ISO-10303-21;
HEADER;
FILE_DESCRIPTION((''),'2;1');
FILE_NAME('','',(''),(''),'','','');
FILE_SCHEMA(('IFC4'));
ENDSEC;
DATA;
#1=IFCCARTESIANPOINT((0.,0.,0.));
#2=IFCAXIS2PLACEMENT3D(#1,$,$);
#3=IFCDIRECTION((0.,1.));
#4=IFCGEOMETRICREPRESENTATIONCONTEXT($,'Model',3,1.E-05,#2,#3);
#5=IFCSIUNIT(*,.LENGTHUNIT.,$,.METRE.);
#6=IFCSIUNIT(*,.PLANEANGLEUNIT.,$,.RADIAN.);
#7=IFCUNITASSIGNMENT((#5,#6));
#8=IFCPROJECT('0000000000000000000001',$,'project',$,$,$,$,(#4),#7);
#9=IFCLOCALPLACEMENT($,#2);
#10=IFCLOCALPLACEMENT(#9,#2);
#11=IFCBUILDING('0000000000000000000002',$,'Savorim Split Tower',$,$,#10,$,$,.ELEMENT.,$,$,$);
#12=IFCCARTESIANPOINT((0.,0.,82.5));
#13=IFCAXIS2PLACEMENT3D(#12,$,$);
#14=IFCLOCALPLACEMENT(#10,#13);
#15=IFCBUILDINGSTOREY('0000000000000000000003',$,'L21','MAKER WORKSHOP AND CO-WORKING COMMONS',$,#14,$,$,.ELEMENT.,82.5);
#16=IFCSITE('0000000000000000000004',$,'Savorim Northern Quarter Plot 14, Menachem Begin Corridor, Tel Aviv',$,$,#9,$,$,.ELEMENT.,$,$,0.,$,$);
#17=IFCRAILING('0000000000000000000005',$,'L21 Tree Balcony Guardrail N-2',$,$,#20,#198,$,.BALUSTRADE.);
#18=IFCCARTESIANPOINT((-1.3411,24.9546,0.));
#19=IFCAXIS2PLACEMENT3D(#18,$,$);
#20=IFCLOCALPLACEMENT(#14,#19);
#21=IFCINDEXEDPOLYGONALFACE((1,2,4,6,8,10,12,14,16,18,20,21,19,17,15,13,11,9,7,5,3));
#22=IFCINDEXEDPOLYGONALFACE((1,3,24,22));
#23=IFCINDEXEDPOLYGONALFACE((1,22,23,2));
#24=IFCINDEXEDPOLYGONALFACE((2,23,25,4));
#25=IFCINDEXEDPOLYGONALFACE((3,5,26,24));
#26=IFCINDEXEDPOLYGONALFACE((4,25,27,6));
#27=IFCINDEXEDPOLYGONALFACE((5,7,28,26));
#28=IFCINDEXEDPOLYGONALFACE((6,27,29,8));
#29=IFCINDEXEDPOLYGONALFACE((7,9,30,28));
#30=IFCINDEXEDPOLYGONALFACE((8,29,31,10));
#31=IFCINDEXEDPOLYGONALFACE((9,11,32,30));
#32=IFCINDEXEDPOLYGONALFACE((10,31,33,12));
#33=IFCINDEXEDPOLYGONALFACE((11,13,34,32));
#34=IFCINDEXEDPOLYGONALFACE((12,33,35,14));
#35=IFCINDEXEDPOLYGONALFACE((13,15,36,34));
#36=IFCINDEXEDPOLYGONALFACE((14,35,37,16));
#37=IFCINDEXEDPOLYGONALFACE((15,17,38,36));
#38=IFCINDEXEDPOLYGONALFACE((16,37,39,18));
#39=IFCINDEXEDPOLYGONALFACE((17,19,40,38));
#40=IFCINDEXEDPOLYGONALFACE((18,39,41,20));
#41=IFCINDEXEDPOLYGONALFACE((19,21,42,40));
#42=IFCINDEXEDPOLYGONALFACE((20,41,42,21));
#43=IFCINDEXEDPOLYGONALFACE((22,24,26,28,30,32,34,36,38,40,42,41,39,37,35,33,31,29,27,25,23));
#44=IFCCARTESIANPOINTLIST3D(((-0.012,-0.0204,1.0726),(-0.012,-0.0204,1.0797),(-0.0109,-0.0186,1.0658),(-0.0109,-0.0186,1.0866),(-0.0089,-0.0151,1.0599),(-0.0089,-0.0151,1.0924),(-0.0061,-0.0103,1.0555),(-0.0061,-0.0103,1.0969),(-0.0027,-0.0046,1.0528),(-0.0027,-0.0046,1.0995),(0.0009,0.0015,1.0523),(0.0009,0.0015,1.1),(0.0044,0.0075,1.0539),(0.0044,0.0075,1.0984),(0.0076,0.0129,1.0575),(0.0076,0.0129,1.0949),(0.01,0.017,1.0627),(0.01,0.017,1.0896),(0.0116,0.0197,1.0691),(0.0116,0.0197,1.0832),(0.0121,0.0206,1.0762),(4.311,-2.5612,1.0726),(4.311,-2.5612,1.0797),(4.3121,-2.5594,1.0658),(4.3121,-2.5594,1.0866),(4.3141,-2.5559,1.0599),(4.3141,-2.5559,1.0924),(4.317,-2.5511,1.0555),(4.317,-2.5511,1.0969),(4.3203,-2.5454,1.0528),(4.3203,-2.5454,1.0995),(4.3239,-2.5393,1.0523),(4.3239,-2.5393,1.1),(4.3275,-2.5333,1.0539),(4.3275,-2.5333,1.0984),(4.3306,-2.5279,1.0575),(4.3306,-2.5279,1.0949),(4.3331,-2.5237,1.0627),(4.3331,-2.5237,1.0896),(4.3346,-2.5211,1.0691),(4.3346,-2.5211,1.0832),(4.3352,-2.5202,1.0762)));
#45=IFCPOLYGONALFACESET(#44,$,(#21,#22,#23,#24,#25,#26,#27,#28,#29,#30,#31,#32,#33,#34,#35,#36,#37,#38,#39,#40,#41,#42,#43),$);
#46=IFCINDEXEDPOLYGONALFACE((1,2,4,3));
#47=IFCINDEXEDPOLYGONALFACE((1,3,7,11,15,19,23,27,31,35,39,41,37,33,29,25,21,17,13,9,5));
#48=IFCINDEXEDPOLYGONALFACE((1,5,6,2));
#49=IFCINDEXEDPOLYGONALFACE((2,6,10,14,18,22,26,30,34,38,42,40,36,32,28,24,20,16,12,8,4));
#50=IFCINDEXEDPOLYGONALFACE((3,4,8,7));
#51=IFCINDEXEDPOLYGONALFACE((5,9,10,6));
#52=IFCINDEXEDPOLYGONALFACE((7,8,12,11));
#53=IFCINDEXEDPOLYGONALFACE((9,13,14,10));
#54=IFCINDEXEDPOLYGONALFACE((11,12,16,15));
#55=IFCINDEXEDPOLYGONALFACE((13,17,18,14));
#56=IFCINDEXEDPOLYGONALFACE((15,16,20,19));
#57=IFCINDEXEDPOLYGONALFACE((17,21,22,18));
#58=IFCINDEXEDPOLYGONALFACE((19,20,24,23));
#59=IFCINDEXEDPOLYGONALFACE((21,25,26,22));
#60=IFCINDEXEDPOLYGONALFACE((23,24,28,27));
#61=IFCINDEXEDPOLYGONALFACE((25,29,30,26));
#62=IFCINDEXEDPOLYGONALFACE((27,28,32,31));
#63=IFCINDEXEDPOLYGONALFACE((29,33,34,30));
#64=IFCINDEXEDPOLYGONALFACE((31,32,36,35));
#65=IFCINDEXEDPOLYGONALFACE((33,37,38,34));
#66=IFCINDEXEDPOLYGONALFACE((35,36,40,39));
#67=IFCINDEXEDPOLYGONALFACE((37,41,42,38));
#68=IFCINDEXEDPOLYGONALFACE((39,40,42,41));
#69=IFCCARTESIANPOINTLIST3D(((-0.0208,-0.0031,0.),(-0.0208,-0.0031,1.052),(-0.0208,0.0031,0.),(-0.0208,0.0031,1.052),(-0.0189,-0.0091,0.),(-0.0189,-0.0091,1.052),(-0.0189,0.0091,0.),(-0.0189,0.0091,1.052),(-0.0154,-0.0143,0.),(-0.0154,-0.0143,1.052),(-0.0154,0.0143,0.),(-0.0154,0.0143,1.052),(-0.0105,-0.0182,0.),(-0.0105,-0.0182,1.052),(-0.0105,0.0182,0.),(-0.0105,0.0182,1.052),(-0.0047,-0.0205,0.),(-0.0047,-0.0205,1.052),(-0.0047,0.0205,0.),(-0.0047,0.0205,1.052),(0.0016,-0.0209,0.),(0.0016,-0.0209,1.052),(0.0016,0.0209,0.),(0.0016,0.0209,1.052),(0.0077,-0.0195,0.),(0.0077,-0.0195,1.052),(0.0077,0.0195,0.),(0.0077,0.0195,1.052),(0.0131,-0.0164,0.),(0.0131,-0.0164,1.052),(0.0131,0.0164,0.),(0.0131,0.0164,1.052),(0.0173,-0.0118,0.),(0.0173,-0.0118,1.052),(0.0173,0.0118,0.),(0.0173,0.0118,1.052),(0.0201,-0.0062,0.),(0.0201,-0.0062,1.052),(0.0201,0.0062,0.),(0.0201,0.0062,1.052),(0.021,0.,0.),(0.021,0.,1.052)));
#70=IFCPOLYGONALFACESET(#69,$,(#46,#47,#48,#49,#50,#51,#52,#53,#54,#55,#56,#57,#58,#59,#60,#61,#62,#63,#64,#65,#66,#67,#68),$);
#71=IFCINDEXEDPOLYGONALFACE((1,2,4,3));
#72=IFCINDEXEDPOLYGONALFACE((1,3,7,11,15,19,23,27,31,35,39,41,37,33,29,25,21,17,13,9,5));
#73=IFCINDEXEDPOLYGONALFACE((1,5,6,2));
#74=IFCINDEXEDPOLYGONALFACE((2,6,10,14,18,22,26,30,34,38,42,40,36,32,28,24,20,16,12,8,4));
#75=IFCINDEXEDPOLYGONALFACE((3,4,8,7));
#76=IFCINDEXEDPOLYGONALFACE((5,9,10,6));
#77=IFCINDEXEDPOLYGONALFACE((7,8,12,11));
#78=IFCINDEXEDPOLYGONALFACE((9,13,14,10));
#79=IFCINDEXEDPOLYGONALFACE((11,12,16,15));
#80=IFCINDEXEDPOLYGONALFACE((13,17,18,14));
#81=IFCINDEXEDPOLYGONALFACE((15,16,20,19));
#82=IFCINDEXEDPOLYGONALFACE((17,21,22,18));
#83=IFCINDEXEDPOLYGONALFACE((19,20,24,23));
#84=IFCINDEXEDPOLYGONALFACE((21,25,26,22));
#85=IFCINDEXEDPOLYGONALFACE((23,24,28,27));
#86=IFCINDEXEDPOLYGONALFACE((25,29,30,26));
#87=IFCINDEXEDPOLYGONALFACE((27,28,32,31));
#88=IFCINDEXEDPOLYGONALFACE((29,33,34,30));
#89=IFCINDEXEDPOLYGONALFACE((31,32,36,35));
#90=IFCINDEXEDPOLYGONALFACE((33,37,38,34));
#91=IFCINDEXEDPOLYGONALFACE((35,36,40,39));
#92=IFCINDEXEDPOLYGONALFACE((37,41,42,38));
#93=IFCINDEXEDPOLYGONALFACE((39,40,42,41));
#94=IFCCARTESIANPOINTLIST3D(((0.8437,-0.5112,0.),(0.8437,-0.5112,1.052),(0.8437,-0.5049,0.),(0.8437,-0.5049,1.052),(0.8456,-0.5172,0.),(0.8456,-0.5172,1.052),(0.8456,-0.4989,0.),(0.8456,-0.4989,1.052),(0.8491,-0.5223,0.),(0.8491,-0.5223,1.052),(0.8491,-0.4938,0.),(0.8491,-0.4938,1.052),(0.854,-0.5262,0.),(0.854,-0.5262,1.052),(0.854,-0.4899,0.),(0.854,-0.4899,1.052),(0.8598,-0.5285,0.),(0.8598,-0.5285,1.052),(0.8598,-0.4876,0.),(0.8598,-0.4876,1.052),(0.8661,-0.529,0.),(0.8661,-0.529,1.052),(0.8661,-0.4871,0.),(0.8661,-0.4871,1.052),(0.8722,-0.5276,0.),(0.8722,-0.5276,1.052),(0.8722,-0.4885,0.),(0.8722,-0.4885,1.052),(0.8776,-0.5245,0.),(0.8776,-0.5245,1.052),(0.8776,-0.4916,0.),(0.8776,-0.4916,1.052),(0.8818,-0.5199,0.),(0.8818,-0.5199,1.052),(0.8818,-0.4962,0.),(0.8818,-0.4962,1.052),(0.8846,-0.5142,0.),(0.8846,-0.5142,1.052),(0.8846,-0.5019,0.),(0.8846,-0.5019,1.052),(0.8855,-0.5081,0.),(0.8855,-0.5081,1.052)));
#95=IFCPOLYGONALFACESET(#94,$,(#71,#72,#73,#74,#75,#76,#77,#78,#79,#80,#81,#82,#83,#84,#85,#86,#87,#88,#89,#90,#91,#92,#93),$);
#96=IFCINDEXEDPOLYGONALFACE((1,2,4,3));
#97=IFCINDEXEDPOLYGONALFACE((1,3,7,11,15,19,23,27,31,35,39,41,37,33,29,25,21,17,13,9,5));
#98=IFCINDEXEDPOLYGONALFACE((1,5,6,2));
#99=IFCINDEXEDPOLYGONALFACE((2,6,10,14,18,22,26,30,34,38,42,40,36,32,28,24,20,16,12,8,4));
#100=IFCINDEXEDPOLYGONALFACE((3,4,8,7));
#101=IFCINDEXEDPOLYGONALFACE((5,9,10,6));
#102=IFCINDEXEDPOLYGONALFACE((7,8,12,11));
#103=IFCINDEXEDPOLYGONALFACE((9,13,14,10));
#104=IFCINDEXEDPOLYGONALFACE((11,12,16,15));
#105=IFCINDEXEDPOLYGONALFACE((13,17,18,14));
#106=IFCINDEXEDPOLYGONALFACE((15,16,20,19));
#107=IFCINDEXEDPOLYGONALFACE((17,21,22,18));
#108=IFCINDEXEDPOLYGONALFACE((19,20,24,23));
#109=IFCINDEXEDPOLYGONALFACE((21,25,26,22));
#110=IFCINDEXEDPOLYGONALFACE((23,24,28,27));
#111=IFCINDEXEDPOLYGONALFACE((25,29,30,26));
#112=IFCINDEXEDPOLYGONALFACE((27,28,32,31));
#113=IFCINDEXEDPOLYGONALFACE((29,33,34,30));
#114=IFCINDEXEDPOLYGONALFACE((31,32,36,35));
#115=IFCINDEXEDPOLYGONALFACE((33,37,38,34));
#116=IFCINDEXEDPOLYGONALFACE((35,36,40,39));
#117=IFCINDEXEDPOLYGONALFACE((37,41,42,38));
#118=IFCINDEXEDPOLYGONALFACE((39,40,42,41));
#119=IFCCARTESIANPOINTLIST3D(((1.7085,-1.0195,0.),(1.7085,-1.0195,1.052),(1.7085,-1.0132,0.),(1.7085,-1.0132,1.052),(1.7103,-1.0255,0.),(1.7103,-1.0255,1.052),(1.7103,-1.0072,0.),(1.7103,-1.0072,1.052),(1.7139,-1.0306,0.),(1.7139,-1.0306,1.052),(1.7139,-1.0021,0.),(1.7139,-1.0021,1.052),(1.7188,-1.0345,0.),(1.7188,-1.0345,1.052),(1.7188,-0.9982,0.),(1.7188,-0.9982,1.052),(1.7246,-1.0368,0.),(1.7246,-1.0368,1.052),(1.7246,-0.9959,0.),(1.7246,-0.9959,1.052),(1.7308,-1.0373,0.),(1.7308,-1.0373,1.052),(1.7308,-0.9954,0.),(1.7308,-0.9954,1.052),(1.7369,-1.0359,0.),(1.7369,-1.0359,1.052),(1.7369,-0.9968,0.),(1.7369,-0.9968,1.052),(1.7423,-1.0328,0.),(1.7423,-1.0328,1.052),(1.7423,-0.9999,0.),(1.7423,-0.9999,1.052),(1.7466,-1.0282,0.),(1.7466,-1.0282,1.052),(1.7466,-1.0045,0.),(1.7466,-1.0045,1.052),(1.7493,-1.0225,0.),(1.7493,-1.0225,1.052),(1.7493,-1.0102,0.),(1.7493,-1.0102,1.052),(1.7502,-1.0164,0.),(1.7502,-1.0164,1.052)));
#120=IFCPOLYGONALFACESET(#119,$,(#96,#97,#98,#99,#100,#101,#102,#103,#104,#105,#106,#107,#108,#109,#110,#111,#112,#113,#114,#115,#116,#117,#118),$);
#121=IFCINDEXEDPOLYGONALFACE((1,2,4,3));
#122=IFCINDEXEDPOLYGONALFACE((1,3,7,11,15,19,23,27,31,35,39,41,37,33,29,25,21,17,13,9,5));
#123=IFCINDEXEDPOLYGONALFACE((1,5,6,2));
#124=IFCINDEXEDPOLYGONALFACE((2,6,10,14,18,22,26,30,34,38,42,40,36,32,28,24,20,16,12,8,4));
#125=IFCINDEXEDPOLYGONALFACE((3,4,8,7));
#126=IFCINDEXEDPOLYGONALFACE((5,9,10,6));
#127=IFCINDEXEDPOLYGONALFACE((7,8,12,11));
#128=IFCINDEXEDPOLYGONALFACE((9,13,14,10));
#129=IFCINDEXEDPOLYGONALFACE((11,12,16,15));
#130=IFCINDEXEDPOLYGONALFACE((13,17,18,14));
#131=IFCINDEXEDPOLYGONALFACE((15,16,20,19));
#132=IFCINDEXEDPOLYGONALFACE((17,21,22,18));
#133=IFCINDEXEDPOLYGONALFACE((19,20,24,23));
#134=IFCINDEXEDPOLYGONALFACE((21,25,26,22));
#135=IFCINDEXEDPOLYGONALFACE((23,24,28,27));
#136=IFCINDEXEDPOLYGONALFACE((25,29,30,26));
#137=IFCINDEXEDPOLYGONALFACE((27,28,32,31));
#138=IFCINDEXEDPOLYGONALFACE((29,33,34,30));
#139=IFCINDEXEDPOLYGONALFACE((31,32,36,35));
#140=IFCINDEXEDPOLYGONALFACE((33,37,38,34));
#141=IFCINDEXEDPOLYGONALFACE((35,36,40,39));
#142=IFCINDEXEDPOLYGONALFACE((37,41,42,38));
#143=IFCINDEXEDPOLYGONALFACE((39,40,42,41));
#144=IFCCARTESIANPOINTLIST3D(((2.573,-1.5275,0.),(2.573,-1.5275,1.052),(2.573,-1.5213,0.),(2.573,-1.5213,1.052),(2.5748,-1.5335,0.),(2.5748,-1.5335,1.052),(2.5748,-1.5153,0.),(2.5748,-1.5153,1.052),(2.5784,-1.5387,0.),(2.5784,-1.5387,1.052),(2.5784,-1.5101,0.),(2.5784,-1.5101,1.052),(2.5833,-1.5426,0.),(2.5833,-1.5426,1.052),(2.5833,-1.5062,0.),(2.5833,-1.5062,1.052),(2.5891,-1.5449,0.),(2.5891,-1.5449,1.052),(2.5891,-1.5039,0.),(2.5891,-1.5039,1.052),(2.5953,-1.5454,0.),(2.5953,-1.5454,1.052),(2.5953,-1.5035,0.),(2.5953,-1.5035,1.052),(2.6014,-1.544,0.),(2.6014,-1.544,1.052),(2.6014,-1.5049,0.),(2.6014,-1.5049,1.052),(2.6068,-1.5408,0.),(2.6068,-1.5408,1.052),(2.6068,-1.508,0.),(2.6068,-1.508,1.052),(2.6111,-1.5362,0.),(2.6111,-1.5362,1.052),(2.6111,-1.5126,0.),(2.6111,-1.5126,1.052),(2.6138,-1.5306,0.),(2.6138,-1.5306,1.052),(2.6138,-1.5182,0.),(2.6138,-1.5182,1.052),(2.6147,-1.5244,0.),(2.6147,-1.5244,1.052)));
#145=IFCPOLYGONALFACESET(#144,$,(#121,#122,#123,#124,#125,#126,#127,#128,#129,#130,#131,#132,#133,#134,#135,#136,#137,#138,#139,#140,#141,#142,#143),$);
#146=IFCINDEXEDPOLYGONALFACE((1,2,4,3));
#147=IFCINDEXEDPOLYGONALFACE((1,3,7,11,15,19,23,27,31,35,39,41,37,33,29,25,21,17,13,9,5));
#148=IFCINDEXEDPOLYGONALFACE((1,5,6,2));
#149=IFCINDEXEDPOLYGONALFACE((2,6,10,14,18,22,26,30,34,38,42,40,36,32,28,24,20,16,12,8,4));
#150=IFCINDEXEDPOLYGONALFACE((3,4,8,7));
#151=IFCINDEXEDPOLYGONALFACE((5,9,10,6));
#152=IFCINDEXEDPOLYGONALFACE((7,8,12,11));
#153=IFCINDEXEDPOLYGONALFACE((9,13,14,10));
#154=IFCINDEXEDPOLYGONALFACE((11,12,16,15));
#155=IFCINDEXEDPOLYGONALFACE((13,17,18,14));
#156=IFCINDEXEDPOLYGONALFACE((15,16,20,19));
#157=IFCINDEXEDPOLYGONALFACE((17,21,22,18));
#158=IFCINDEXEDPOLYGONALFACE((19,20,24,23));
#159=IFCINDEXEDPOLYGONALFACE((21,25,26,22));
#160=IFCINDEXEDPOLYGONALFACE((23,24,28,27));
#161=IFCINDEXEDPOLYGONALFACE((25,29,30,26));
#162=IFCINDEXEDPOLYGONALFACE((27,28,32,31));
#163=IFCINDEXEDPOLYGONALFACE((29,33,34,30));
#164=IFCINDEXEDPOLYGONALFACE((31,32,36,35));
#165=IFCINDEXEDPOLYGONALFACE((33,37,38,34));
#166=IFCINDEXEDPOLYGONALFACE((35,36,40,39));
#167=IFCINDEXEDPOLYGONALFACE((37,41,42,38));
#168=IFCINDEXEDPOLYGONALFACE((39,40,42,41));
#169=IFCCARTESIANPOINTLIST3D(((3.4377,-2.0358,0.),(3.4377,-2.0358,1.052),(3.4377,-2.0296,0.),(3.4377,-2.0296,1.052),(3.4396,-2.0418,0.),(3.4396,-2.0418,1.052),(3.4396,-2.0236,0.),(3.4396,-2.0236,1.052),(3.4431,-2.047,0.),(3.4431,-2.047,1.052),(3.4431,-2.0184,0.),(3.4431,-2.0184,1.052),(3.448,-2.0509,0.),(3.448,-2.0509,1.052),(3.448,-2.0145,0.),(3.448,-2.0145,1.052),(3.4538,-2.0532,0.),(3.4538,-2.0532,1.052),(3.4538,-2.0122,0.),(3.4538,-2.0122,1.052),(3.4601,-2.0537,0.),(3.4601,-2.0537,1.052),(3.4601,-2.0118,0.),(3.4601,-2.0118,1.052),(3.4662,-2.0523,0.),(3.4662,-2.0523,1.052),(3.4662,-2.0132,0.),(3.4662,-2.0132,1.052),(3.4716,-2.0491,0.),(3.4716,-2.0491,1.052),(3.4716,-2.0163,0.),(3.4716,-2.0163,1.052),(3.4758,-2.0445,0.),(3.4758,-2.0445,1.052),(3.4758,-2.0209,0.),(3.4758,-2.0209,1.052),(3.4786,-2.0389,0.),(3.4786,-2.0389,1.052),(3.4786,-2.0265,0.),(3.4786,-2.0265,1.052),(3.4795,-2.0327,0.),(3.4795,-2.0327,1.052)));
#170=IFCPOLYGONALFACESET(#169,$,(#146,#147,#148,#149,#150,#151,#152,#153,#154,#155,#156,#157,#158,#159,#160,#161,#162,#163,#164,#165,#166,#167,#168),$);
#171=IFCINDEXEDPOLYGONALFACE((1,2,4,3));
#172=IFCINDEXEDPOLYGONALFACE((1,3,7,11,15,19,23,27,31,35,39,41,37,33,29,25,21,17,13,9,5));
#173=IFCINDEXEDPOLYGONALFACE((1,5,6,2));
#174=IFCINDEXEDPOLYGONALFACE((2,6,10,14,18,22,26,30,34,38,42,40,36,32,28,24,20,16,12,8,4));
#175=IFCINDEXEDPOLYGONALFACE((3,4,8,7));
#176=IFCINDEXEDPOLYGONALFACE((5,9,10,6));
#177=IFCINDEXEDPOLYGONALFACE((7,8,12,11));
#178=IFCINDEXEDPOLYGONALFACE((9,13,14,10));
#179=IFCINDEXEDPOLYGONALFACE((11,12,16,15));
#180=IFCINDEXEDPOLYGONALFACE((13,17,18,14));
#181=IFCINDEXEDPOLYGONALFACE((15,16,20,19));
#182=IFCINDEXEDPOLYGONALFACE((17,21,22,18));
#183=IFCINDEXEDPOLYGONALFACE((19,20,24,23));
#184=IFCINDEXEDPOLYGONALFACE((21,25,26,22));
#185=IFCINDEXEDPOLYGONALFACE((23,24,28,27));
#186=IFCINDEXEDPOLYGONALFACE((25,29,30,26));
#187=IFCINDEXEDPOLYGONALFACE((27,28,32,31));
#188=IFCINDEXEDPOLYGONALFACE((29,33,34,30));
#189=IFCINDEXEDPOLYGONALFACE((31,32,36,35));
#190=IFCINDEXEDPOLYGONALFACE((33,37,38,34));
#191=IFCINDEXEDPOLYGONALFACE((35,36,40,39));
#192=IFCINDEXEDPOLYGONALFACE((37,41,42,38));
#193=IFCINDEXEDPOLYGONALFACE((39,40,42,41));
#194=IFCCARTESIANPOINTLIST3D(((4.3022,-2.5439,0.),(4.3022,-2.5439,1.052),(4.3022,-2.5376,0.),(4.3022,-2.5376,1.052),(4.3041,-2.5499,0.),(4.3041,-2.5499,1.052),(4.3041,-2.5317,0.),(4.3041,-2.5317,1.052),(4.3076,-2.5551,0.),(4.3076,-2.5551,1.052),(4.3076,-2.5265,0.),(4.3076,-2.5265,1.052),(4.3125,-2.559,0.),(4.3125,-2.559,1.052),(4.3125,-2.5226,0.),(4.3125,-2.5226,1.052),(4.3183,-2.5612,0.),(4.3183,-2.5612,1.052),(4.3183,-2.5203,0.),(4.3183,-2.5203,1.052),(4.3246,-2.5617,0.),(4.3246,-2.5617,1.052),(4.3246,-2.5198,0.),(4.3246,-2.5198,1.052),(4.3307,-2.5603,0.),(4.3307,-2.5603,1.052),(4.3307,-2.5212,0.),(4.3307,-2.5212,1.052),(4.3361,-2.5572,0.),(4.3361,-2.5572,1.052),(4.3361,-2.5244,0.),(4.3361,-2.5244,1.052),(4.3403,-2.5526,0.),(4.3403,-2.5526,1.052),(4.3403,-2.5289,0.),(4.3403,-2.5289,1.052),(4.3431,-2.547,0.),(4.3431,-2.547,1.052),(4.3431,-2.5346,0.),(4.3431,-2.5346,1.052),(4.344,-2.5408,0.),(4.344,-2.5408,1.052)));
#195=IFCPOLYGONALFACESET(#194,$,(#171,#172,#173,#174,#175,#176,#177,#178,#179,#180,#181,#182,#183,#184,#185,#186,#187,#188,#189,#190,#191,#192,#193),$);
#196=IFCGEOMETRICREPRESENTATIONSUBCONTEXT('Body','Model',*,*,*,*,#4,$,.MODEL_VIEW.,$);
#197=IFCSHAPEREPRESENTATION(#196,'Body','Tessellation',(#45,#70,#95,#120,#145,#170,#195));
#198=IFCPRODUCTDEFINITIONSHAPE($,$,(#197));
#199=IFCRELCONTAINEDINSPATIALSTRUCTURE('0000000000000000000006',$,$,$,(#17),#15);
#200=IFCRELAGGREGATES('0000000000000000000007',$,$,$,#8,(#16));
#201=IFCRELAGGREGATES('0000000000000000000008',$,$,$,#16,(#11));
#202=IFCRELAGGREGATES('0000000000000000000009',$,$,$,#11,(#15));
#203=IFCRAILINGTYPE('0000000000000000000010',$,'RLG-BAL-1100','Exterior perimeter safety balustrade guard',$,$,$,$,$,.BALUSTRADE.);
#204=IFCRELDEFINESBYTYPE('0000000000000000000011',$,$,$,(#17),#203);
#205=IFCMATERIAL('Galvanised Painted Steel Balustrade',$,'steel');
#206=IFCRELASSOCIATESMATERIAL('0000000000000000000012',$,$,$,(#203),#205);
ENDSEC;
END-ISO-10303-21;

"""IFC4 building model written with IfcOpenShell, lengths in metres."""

from ifc_helpers import new_model, si_unit, direction, frame, origin, origin_2d, place, context, subcontext, project, spatial, circle, extrude, material, type_object, element, save


model = new_model("IFC4")

# Units and contexts
model_context = context("Model", 3, precision=1e-05, world=origin(), true_north=direction((0.0, 1.0)))
body_context = subcontext(model_context, "Body", "Model", "MODEL_VIEW")
ifc_project = project(units=[si_unit("LENGTHUNIT", "METRE"), si_unit("PLANEANGLEUNIT", "RADIAN")], contexts=[model_context])

# Site, building, storey
site_placement = place(None, origin())
site = spatial("IfcSite", under=ifc_project, at=site_placement, Name="Savorim Northern Quarter Plot 14, Menachem Begin Corridor, Tel Aviv", CompositionType="ELEMENT", RefElevation=0.0)
building_placement = place(site_placement, origin())
building = spatial("IfcBuilding", under=site, at=building_placement, Name="Savorim Split Tower", CompositionType="ELEMENT")
storey_placement = place(building_placement, frame((0.0, 0.0, 82.5)))
storey = spatial("IfcBuildingStorey", under=building, at=storey_placement, Name="L21", Description="MAKER WORKSHOP AND CO-WORKING COMMONS", CompositionType="ELEMENT", Elevation=82.5)

# Railing
ifc_material_1 = material(Name="Galvanised Painted Steel Balustrade", Category="steel")
railing_type = type_object("IfcRailingType", Name="RLG-BAL-1100", Description="Exterior perimeter safety balustrade guard", PredefinedType="BALUSTRADE", material=ifc_material_1)
railing_1_placement = place(storey_placement, frame((-1.3411, 24.9546, 0.0)))
element("IfcRailing", 1, at=railing_1_placement, inside=storey, type_object=railing_type, Name="L21 Tree Balcony Guardrail N-2", PredefinedType="BALUSTRADE", context=body_context, shape_type="SweptSolid", body=[
    extrude(circle(Radius=0.0239, at=origin_2d()), frame((0.0, 0.0, 1.0762), z_axis=(0.862123, -0.506699, 0.0), x_axis=(0.506699, 0.862123, 0.0)), (0.0, 0.0, 1.0), 5.0144),
    extrude(circle(Radius=0.021, at=origin_2d()), origin(), (0.0, 0.0, 1.0), 1.052),
    extrude(circle(Radius=0.021, at=origin_2d()), frame((0.8645, -0.5081, 0.0)), (0.0, 0.0, 1.0), 1.052),
    extrude(circle(Radius=0.021, at=origin_2d()), frame((1.7292, -1.0164, 0.0)), (0.0, 0.0, 1.0), 1.052),
    extrude(circle(Radius=0.021, at=origin_2d()), frame((2.5938, -1.5244, 0.0)), (0.0, 0.0, 1.0), 1.052),
    extrude(circle(Radius=0.021, at=origin_2d()), frame((3.4585, -2.0327, 0.0)), (0.0, 0.0, 1.0), 1.052),
    extrude(circle(Radius=0.021, at=origin_2d()), frame((4.323, -2.5408, 0.0)), (0.0, 0.0, 1.0), 1.052),
])

save(model, "model.ifc")
